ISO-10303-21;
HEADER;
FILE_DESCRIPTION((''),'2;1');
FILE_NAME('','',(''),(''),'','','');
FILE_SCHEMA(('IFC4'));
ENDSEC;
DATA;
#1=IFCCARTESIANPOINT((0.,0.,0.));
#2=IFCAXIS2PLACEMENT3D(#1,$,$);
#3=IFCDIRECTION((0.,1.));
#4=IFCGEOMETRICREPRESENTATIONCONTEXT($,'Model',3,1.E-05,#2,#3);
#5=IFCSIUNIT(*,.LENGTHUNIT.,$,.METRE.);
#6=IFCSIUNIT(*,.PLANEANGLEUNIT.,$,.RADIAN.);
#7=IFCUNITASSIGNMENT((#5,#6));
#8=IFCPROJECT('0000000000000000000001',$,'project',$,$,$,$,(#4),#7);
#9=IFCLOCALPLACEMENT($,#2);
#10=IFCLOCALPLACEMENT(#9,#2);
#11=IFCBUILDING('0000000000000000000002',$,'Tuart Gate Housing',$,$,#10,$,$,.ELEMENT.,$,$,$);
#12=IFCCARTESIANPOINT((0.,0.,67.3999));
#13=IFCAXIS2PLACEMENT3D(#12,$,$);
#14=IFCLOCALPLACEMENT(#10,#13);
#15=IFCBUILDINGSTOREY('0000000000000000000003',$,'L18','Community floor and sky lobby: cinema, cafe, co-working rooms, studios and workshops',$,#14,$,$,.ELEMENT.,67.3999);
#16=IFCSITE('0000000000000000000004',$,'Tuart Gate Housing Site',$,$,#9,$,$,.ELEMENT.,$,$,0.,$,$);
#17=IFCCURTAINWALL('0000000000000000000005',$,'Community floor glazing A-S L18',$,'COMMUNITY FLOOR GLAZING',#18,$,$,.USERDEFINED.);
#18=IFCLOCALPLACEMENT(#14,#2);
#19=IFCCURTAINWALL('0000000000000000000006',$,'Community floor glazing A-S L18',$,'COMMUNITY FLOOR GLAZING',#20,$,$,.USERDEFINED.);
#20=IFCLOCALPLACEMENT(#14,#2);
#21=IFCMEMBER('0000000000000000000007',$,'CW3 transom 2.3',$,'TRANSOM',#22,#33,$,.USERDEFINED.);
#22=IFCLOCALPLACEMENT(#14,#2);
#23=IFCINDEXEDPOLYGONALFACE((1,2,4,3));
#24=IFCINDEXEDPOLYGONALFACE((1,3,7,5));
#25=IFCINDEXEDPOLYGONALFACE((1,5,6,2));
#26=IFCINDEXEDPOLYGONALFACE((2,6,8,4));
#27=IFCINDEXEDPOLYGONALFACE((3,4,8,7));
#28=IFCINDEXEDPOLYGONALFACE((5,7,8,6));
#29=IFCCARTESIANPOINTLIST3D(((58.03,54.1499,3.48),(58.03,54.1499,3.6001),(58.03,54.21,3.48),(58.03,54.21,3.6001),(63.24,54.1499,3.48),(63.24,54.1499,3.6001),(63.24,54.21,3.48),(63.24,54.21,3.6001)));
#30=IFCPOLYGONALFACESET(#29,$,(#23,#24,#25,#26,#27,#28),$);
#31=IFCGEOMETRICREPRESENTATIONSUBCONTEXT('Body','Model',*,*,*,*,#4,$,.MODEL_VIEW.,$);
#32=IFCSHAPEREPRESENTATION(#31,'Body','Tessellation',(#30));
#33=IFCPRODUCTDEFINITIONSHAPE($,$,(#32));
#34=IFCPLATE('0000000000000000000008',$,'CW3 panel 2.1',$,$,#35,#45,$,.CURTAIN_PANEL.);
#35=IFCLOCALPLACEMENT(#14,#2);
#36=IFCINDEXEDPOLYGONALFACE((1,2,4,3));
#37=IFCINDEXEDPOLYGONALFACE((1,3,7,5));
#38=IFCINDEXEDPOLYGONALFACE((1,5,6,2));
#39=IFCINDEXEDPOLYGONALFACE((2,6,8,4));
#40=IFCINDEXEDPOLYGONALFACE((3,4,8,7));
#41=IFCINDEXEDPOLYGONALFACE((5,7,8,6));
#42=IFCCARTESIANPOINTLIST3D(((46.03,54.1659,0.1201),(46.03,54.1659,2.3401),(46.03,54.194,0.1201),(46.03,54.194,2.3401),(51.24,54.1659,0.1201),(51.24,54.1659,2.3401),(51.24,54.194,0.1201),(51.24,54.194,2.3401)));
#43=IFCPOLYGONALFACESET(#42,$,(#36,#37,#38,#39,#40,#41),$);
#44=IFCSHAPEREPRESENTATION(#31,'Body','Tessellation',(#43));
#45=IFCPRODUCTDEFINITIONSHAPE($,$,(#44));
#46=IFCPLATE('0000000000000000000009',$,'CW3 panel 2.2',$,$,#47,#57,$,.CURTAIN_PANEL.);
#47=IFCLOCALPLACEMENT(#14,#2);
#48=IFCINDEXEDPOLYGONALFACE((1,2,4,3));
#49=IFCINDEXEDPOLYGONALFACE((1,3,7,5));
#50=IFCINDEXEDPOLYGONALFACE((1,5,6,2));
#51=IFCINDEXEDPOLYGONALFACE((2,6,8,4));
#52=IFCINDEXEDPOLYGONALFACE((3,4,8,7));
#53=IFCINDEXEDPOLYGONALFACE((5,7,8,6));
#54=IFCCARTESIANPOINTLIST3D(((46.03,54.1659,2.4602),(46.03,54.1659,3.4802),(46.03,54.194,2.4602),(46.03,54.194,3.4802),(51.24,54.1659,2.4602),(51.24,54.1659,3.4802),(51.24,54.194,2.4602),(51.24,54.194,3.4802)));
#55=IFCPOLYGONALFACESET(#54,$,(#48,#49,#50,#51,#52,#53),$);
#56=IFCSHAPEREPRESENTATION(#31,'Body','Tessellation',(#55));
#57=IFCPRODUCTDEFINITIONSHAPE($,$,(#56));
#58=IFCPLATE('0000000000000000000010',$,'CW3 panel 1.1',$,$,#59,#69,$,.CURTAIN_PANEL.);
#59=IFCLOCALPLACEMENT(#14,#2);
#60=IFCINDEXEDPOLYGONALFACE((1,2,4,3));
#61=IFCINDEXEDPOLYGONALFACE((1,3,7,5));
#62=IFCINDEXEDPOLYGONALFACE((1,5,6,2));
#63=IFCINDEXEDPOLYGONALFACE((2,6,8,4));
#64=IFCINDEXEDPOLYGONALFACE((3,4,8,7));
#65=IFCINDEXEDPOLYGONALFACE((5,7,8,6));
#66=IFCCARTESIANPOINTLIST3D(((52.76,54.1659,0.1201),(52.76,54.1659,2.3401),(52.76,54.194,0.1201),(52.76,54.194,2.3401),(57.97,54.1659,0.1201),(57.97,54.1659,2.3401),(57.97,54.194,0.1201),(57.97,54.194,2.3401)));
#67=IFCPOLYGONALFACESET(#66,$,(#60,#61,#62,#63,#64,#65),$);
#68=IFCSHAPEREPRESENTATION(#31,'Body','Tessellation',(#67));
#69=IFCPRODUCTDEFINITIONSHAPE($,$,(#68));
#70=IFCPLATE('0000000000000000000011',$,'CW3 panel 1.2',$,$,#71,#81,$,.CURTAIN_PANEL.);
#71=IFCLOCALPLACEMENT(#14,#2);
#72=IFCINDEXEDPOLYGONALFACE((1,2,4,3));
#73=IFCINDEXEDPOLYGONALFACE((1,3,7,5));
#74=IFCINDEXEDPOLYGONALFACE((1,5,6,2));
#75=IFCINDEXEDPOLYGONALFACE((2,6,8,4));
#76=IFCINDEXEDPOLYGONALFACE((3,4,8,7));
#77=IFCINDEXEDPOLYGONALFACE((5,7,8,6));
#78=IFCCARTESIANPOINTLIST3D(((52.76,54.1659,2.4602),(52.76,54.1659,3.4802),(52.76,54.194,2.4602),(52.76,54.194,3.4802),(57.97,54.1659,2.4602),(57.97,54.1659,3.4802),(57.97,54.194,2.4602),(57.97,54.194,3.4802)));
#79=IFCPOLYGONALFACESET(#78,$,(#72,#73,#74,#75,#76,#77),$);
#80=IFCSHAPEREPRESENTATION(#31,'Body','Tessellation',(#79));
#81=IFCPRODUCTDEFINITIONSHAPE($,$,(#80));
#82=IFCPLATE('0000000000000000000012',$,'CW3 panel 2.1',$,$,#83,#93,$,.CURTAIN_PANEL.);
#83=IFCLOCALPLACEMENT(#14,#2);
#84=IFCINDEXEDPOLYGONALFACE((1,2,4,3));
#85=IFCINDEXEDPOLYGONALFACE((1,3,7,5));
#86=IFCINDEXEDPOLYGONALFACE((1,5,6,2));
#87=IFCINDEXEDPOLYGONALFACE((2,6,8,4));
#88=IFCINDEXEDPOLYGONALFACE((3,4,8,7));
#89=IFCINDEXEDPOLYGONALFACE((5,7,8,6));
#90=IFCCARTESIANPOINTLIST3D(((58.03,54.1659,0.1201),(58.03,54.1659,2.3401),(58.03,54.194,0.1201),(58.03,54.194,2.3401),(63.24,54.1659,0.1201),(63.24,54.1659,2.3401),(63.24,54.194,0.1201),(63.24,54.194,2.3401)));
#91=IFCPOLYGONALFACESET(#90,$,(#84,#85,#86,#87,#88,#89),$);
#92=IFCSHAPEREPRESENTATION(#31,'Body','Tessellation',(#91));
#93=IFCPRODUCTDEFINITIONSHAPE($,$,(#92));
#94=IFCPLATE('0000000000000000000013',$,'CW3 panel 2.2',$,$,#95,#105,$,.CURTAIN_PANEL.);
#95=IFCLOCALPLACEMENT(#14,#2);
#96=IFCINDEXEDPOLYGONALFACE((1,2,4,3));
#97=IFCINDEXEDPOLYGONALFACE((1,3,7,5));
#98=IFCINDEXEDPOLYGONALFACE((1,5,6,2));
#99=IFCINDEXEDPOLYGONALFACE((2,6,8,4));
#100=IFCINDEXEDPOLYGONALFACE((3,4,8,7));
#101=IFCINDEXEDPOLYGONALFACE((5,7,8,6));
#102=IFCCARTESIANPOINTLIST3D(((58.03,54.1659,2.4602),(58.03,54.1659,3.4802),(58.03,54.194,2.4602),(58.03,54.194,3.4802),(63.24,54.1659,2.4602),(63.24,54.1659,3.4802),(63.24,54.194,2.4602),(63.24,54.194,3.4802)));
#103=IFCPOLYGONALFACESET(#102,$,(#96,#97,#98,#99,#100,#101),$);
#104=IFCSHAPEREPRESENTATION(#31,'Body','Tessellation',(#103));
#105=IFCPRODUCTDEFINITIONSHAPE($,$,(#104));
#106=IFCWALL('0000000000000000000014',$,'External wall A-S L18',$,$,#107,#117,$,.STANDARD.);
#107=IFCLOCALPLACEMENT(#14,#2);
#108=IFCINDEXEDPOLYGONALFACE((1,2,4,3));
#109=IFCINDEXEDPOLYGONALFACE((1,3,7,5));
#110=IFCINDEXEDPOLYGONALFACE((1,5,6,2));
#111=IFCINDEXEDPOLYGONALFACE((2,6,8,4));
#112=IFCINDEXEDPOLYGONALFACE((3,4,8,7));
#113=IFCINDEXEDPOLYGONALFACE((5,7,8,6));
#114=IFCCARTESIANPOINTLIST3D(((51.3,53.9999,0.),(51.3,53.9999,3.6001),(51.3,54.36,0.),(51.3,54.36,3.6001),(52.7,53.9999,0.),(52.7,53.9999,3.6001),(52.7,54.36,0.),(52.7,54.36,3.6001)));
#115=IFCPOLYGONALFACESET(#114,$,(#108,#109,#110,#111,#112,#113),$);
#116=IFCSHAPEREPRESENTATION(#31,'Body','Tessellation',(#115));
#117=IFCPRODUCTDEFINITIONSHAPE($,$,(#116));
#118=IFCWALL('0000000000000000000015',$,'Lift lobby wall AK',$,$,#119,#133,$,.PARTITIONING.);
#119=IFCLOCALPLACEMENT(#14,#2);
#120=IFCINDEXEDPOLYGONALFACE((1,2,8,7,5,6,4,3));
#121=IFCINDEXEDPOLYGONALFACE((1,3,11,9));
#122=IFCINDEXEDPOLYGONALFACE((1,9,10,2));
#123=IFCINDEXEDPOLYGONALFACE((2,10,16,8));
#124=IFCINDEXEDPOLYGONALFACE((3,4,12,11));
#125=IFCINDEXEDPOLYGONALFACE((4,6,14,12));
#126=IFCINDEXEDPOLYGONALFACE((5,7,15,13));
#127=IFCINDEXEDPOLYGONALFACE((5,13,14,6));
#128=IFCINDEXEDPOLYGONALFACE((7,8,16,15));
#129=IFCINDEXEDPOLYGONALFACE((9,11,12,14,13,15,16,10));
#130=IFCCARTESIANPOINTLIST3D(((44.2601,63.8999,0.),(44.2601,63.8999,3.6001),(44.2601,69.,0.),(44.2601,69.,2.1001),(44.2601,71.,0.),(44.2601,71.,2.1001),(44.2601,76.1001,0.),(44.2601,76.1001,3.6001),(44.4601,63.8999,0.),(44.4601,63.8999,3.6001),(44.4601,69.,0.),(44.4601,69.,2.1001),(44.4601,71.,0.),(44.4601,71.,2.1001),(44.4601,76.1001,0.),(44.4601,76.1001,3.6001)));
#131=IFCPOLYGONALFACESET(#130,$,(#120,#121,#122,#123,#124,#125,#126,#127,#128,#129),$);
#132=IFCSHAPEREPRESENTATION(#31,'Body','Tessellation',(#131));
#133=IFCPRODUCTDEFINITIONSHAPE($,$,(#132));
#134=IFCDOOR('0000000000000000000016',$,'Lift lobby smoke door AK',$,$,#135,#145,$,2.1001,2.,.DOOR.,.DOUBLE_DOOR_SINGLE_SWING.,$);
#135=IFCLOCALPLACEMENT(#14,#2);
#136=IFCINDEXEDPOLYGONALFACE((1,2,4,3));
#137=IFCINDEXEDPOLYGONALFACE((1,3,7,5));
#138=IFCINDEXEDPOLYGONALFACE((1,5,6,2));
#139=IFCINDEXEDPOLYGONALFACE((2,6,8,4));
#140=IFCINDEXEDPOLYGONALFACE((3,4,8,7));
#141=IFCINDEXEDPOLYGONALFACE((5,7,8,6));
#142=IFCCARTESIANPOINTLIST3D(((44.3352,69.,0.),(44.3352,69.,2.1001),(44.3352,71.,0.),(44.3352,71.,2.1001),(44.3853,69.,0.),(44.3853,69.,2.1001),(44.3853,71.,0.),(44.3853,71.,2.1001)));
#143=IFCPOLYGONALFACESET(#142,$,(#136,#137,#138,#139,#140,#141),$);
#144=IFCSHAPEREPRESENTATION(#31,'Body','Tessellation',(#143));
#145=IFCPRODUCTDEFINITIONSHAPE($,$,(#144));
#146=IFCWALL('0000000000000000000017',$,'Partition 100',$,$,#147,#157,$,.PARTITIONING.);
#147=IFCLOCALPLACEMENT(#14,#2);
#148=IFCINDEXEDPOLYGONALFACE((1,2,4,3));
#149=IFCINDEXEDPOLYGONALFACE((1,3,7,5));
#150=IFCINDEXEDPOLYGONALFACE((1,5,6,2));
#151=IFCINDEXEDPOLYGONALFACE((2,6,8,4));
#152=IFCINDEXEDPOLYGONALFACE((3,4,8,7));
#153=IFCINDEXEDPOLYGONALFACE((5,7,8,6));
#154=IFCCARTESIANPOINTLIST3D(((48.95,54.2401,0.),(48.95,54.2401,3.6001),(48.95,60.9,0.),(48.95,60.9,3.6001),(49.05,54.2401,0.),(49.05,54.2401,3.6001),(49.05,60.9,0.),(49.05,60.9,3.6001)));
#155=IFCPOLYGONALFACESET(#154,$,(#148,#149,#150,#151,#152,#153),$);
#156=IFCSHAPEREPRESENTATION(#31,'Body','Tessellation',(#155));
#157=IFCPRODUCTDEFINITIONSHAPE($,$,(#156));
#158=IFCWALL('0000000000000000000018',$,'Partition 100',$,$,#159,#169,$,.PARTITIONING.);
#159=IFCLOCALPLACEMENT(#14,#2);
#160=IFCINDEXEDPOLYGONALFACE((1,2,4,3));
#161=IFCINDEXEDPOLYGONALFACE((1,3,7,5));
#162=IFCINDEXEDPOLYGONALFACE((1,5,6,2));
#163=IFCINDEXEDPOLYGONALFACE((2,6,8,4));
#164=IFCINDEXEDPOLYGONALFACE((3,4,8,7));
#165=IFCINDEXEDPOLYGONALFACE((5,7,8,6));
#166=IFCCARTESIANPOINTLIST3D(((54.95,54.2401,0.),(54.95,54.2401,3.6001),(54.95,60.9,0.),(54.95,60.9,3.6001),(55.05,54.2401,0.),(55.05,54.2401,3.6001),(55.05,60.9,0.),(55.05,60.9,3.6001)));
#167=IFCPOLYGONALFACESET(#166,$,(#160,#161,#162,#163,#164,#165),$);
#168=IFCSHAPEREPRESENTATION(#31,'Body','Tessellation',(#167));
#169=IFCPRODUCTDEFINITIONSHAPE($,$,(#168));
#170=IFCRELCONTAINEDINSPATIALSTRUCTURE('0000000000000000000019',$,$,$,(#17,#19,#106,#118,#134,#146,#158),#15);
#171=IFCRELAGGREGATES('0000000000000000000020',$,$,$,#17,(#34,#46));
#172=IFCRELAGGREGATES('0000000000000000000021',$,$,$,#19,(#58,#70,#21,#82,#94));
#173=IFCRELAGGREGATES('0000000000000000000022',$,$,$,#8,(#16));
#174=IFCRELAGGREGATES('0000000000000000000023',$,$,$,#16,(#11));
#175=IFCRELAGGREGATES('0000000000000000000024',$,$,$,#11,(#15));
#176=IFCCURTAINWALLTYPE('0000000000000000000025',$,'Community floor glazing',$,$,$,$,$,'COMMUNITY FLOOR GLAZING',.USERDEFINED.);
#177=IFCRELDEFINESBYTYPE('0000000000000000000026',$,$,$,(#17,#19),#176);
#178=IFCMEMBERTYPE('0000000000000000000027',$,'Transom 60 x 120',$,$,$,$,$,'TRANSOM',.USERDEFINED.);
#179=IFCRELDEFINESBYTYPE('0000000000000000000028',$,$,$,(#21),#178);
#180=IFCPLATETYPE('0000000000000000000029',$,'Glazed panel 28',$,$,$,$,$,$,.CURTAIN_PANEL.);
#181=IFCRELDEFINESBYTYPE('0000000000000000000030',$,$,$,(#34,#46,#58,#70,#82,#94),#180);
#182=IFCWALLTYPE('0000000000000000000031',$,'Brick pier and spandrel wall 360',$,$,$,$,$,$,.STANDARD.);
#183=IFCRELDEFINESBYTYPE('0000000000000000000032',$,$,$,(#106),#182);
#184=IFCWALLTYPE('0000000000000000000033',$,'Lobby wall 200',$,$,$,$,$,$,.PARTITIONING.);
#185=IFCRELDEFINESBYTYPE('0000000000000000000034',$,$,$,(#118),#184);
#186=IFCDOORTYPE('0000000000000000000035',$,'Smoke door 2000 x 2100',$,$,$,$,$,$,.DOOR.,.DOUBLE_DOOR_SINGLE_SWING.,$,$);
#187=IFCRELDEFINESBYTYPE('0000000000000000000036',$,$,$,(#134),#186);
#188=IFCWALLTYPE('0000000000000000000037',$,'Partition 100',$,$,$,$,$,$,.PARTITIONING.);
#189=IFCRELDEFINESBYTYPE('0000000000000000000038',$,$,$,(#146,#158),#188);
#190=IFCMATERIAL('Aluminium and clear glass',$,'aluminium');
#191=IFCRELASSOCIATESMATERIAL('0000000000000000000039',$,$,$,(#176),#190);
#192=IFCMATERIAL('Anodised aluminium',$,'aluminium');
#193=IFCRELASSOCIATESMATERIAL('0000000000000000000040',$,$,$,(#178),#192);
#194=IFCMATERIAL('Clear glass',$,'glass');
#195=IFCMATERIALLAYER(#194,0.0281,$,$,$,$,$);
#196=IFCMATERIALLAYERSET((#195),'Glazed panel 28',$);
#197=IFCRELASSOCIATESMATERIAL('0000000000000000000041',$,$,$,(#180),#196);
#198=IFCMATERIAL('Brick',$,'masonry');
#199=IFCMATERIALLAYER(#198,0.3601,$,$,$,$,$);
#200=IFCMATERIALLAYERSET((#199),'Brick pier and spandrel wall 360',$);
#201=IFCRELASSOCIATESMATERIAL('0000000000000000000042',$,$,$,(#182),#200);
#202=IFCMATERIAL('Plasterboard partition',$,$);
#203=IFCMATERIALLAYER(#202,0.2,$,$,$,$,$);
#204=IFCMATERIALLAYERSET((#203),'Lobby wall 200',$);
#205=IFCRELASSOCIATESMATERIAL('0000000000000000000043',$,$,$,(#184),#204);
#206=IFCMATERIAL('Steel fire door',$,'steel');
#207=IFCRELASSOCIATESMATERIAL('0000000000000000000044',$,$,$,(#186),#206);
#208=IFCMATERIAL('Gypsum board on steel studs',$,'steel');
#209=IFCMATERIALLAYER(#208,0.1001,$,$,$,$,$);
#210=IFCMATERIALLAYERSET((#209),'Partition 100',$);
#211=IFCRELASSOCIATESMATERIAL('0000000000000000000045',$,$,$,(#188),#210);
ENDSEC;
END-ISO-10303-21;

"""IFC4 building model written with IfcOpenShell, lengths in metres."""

from ifc_helpers import new_model, si_unit, direction, frame, frame_2d, origin, origin_2d, place, context, subcontext, project, spatial, rectangle, extrude, material, layer, layer_set, material_profile, profile_set, type_object, element, fill, aggregate, save


model = new_model("IFC4")

# Units and contexts
model_context = context("Model", 3, precision=1e-05, world=origin(), true_north=direction((0.0, 1.0)))
body_context = subcontext(model_context, "Body", "Model", "MODEL_VIEW")
ifc_project = project(units=[si_unit("LENGTHUNIT", "METRE"), si_unit("PLANEANGLEUNIT", "RADIAN")], contexts=[model_context])

# Site, building, storey
site_placement = place(None, origin())
site = spatial("IfcSite", under=ifc_project, at=site_placement, Name="Tuart Gate Housing Site", CompositionType="ELEMENT", RefElevation=0.0)
building_placement = place(site_placement, origin())
building = spatial("IfcBuilding", under=site, at=building_placement, Name="Tuart Gate Housing", CompositionType="ELEMENT")
storey_placement = place(building_placement, frame((0.0, 0.0, 67.3999)))
storey = spatial("IfcBuildingStorey", under=building, at=storey_placement, Name="L18", Description="Community floor and sky lobby: cinema, cafe, co-working rooms, studios and workshops", CompositionType="ELEMENT", Elevation=67.3999)

# Curtain walls
ifc_material_1 = material(Name="Aluminium and clear glass", Category="aluminium")
curtain_wall_type = type_object("IfcCurtainWallType", Name="Community floor glazing", ElementType="COMMUNITY FLOOR GLAZING", PredefinedType="USERDEFINED", material=ifc_material_1)
curtain_wall_1_placement = place(storey_placement, origin())
curtain_wall_1 = element("IfcCurtainWall", 1, at=curtain_wall_1_placement, inside=storey, type_object=curtain_wall_type, Name="Community floor glazing A-S L18", ObjectType="COMMUNITY FLOOR GLAZING", PredefinedType="USERDEFINED")
curtain_wall_2_placement = place(storey_placement, origin())
curtain_wall_2 = element("IfcCurtainWall", 2, at=curtain_wall_2_placement, inside=storey, type_object=curtain_wall_type, Name="Community floor glazing A-S L18", ObjectType="COMMUNITY FLOOR GLAZING", PredefinedType="USERDEFINED")

# Member
ifc_material_2 = material(Name="Anodised aluminium", Category="aluminium")
ifc_material_profile_1 = material_profile(ifc_material_2, rectangle(XDim=0.0601, YDim=0.1201, at=origin_2d()), Name="60x120")
ifc_profile_set_1 = profile_set([ifc_material_profile_1], Name="Anodised aluminium")
member_type_1 = type_object("IfcMemberType", Name="Transom 60 x 120", ElementType="TRANSOM", PredefinedType="USERDEFINED", material=ifc_profile_set_1)
member_1_placement = place(storey_placement, frame((58.03, 54.1799, 3.54), z_axis=(1.0, 0.0, 0.0), x_axis=(0.0, 1.0, 0.0)))
member_1 = element("IfcMember", 3, at=member_1_placement, type_object=member_type_1, Name="CW3 transom 2.3", ObjectType="TRANSOM", PredefinedType="USERDEFINED", context=body_context, shape_type="SweptSolid", body=[
    extrude(rectangle(XDim=0.0601, YDim=0.1201, at=origin_2d()), origin(), (0.0, 0.0, 1.0), 5.21),
])

# Plates
ifc_material_3 = material(Name="Clear glass", Category="glass")
ifc_layer_1 = layer(ifc_material_3, 0.0281)
ifc_layer_set_1 = layer_set([ifc_layer_1], Name="Glazed panel 28")
plate_type = type_object("IfcPlateType", Name="Glazed panel 28", PredefinedType="CURTAIN_PANEL", material=ifc_layer_set_1)
plate_1_placement = place(storey_placement, frame((48.635, 54.1799, 0.1201), z_axis=(0.0, 0.0, 1.0), x_axis=(1.0, 0.0, 0.0)))
plate_1 = element("IfcPlate", 4, at=plate_1_placement, type_object=plate_type, Name="CW3 panel 2.1", PredefinedType="CURTAIN_PANEL", context=body_context, shape_type="SweptSolid", body=[
    extrude(rectangle(XDim=5.21, YDim=0.0281, at=origin_2d()), origin(), (0.0, 0.0, 1.0), 2.22),
])
plate_2_placement = place(storey_placement, frame((48.635, 54.1799, 2.4602), z_axis=(0.0, 0.0, 1.0), x_axis=(1.0, 0.0, 0.0)))
plate_2 = element("IfcPlate", 5, at=plate_2_placement, type_object=plate_type, Name="CW3 panel 2.2", PredefinedType="CURTAIN_PANEL", context=body_context, shape_type="SweptSolid", body=[
    extrude(rectangle(XDim=5.21, YDim=0.0281, at=origin_2d()), origin(), (0.0, 0.0, 1.0), 1.02),
])
aggregate(curtain_wall_1, [plate_1, plate_2])
plate_3_placement = place(storey_placement, frame((55.365, 54.1799, 0.1201), z_axis=(0.0, 0.0, 1.0), x_axis=(1.0, 0.0, 0.0)))
plate_3 = element("IfcPlate", 6, at=plate_3_placement, type_object=plate_type, Name="CW3 panel 1.1", PredefinedType="CURTAIN_PANEL", context=body_context, shape_type="SweptSolid", body=[
    extrude(rectangle(XDim=5.21, YDim=0.0281, at=origin_2d()), origin(), (0.0, 0.0, 1.0), 2.22),
])
plate_4_placement = place(storey_placement, frame((55.365, 54.1799, 2.4602), z_axis=(0.0, 0.0, 1.0), x_axis=(1.0, 0.0, 0.0)))
plate_4 = element("IfcPlate", 7, at=plate_4_placement, type_object=plate_type, Name="CW3 panel 1.2", PredefinedType="CURTAIN_PANEL", context=body_context, shape_type="SweptSolid", body=[
    extrude(rectangle(XDim=5.21, YDim=0.0281, at=origin_2d()), origin(), (0.0, 0.0, 1.0), 1.02),
])
plate_5_placement = place(storey_placement, frame((60.635, 54.1799, 0.1201), z_axis=(0.0, 0.0, 1.0), x_axis=(1.0, 0.0, 0.0)))
plate_5 = element("IfcPlate", 8, at=plate_5_placement, type_object=plate_type, Name="CW3 panel 2.1", PredefinedType="CURTAIN_PANEL", context=body_context, shape_type="SweptSolid", body=[
    extrude(rectangle(XDim=5.21, YDim=0.0281, at=origin_2d()), origin(), (0.0, 0.0, 1.0), 2.22),
])
plate_6_placement = place(storey_placement, frame((60.635, 54.1799, 2.4602), z_axis=(0.0, 0.0, 1.0), x_axis=(1.0, 0.0, 0.0)))
plate_6 = element("IfcPlate", 9, at=plate_6_placement, type_object=plate_type, Name="CW3 panel 2.2", PredefinedType="CURTAIN_PANEL", context=body_context, shape_type="SweptSolid", body=[
    extrude(rectangle(XDim=5.21, YDim=0.0281, at=origin_2d()), origin(), (0.0, 0.0, 1.0), 1.02),
])
aggregate(curtain_wall_2, [plate_3, plate_4, member_1, plate_5, plate_6])

# Wall
ifc_material_4 = material(Name="Brick", Category="masonry")
ifc_layer_2 = layer(ifc_material_4, 0.3601)
ifc_layer_set_2 = layer_set([ifc_layer_2], Name="Brick pier and spandrel wall 360")
wall_type_1 = type_object("IfcWallType", Name="Brick pier and spandrel wall 360", PredefinedType="STANDARD", material=ifc_layer_set_2)
wall_1_placement = place(storey_placement, frame((51.3, 54.1799, 0.0), z_axis=(0.0, 0.0, 1.0), x_axis=(1.0, 0.0, 0.0)))
element("IfcWall", 10, at=wall_1_placement, inside=storey, type_object=wall_type_1, Name="External wall A-S L18", PredefinedType="STANDARD", context=body_context, shape_type="SweptSolid", body=[
    extrude(rectangle(XDim=1.3999, YDim=0.3601, at=frame_2d((0.7, 0.0))), origin(), (0.0, 0.0, 1.0), 3.6001),
])

# Wall, opening, door
ifc_material_5 = material(Name="Plasterboard partition")
ifc_layer_3 = layer(ifc_material_5, 0.2)
ifc_layer_set_3 = layer_set([ifc_layer_3], Name="Lobby wall 200")
wall_type_2 = type_object("IfcWallType", Name="Lobby wall 200", PredefinedType="PARTITIONING", material=ifc_layer_set_3)
wall_2_placement = place(storey_placement, frame((44.3601, 63.8999, 0.0), z_axis=(0.0, 0.0, 1.0), x_axis=(0.0, 1.0, 0.0)))
wall_2 = element("IfcWall", 11, at=wall_2_placement, inside=storey, type_object=wall_type_2, Name="Lift lobby wall AK", PredefinedType="PARTITIONING", context=body_context, shape_type="SweptSolid", body=[
    extrude(rectangle(XDim=12.2002, YDim=0.2, at=frame_2d((6.1001, 0.0))), origin(), (0.0, 0.0, 1.0), 3.6001),
])
opening_placement = place(wall_2_placement, frame((5.1001, 0.0, 0.0)))
opening = element("IfcOpeningElement", 12, at=opening_placement, cuts=wall_2, PredefinedType="OPENING", context=body_context, shape_type="SweptSolid", body=[
    extrude(rectangle(XDim=2.0, YDim=2.1001, at=frame_2d((1.0, 1.05))), frame((0.0, 0.1099, 0.0), z_axis=(0.0, -1.0, 0.0), x_axis=(1.0, 0.0, 0.0)), (0.0, 0.0, 1.0), 0.22),
])
ifc_material_6 = material(Name="Steel fire door", Category="steel")
door_type = type_object("IfcDoorType", Name="Smoke door 2000 x 2100", OperationType="DOUBLE_DOOR_SINGLE_SWING", PredefinedType="DOOR", material=ifc_material_6)
door_placement = place(opening_placement, origin())
door = element("IfcDoor", 13, at=door_placement, inside=storey, type_object=door_type, Name="Lift lobby smoke door AK", OperationType="DOUBLE_DOOR_SINGLE_SWING", OverallHeight=2.1001, OverallWidth=2.0, PredefinedType="DOOR", context=body_context, shape_type="SweptSolid", body=[
    extrude(rectangle(XDim=2.0, YDim=2.1001, at=frame_2d((1.0, 1.05))), frame((0.0, 0.0249, 0.0), z_axis=(0.0, -1.0, 0.0), x_axis=(1.0, 0.0, 0.0)), (0.0, 0.0, 1.0), 0.05),
])
fill(opening, door)

# Walls
ifc_material_7 = material(Name="Gypsum board on steel studs", Category="steel")
ifc_layer_4 = layer(ifc_material_7, 0.1001)
ifc_layer_set_4 = layer_set([ifc_layer_4], Name="Partition 100")
wall_type_3 = type_object("IfcWallType", Name="Partition 100", PredefinedType="PARTITIONING", material=ifc_layer_set_4)
for number, where, z_axis, x_axis, name in (
    (14, (49.0, 54.24, 0.0), (0.0, 0.0, 1.0), (0.0, 1.0, 0.0), "Partition 100"),
    (15, (55.0, 54.24, 0.0), (0.0, 0.0, 1.0), (0.0, 1.0, 0.0), "Partition 100"),
):
    element("IfcWall", number, at=place(storey_placement, frame(where, z_axis=z_axis, x_axis=x_axis)), inside=storey, type_object=wall_type_3, Name=name, PredefinedType="PARTITIONING", context=body_context, shape_type="SweptSolid", body=[
        extrude(rectangle(XDim=6.6599, YDim=0.1001, at=frame_2d((3.3301, 0.0))), origin(), (0.0, 0.0, 1.0), 3.6001),
    ])

save(model, "model.ifc")
